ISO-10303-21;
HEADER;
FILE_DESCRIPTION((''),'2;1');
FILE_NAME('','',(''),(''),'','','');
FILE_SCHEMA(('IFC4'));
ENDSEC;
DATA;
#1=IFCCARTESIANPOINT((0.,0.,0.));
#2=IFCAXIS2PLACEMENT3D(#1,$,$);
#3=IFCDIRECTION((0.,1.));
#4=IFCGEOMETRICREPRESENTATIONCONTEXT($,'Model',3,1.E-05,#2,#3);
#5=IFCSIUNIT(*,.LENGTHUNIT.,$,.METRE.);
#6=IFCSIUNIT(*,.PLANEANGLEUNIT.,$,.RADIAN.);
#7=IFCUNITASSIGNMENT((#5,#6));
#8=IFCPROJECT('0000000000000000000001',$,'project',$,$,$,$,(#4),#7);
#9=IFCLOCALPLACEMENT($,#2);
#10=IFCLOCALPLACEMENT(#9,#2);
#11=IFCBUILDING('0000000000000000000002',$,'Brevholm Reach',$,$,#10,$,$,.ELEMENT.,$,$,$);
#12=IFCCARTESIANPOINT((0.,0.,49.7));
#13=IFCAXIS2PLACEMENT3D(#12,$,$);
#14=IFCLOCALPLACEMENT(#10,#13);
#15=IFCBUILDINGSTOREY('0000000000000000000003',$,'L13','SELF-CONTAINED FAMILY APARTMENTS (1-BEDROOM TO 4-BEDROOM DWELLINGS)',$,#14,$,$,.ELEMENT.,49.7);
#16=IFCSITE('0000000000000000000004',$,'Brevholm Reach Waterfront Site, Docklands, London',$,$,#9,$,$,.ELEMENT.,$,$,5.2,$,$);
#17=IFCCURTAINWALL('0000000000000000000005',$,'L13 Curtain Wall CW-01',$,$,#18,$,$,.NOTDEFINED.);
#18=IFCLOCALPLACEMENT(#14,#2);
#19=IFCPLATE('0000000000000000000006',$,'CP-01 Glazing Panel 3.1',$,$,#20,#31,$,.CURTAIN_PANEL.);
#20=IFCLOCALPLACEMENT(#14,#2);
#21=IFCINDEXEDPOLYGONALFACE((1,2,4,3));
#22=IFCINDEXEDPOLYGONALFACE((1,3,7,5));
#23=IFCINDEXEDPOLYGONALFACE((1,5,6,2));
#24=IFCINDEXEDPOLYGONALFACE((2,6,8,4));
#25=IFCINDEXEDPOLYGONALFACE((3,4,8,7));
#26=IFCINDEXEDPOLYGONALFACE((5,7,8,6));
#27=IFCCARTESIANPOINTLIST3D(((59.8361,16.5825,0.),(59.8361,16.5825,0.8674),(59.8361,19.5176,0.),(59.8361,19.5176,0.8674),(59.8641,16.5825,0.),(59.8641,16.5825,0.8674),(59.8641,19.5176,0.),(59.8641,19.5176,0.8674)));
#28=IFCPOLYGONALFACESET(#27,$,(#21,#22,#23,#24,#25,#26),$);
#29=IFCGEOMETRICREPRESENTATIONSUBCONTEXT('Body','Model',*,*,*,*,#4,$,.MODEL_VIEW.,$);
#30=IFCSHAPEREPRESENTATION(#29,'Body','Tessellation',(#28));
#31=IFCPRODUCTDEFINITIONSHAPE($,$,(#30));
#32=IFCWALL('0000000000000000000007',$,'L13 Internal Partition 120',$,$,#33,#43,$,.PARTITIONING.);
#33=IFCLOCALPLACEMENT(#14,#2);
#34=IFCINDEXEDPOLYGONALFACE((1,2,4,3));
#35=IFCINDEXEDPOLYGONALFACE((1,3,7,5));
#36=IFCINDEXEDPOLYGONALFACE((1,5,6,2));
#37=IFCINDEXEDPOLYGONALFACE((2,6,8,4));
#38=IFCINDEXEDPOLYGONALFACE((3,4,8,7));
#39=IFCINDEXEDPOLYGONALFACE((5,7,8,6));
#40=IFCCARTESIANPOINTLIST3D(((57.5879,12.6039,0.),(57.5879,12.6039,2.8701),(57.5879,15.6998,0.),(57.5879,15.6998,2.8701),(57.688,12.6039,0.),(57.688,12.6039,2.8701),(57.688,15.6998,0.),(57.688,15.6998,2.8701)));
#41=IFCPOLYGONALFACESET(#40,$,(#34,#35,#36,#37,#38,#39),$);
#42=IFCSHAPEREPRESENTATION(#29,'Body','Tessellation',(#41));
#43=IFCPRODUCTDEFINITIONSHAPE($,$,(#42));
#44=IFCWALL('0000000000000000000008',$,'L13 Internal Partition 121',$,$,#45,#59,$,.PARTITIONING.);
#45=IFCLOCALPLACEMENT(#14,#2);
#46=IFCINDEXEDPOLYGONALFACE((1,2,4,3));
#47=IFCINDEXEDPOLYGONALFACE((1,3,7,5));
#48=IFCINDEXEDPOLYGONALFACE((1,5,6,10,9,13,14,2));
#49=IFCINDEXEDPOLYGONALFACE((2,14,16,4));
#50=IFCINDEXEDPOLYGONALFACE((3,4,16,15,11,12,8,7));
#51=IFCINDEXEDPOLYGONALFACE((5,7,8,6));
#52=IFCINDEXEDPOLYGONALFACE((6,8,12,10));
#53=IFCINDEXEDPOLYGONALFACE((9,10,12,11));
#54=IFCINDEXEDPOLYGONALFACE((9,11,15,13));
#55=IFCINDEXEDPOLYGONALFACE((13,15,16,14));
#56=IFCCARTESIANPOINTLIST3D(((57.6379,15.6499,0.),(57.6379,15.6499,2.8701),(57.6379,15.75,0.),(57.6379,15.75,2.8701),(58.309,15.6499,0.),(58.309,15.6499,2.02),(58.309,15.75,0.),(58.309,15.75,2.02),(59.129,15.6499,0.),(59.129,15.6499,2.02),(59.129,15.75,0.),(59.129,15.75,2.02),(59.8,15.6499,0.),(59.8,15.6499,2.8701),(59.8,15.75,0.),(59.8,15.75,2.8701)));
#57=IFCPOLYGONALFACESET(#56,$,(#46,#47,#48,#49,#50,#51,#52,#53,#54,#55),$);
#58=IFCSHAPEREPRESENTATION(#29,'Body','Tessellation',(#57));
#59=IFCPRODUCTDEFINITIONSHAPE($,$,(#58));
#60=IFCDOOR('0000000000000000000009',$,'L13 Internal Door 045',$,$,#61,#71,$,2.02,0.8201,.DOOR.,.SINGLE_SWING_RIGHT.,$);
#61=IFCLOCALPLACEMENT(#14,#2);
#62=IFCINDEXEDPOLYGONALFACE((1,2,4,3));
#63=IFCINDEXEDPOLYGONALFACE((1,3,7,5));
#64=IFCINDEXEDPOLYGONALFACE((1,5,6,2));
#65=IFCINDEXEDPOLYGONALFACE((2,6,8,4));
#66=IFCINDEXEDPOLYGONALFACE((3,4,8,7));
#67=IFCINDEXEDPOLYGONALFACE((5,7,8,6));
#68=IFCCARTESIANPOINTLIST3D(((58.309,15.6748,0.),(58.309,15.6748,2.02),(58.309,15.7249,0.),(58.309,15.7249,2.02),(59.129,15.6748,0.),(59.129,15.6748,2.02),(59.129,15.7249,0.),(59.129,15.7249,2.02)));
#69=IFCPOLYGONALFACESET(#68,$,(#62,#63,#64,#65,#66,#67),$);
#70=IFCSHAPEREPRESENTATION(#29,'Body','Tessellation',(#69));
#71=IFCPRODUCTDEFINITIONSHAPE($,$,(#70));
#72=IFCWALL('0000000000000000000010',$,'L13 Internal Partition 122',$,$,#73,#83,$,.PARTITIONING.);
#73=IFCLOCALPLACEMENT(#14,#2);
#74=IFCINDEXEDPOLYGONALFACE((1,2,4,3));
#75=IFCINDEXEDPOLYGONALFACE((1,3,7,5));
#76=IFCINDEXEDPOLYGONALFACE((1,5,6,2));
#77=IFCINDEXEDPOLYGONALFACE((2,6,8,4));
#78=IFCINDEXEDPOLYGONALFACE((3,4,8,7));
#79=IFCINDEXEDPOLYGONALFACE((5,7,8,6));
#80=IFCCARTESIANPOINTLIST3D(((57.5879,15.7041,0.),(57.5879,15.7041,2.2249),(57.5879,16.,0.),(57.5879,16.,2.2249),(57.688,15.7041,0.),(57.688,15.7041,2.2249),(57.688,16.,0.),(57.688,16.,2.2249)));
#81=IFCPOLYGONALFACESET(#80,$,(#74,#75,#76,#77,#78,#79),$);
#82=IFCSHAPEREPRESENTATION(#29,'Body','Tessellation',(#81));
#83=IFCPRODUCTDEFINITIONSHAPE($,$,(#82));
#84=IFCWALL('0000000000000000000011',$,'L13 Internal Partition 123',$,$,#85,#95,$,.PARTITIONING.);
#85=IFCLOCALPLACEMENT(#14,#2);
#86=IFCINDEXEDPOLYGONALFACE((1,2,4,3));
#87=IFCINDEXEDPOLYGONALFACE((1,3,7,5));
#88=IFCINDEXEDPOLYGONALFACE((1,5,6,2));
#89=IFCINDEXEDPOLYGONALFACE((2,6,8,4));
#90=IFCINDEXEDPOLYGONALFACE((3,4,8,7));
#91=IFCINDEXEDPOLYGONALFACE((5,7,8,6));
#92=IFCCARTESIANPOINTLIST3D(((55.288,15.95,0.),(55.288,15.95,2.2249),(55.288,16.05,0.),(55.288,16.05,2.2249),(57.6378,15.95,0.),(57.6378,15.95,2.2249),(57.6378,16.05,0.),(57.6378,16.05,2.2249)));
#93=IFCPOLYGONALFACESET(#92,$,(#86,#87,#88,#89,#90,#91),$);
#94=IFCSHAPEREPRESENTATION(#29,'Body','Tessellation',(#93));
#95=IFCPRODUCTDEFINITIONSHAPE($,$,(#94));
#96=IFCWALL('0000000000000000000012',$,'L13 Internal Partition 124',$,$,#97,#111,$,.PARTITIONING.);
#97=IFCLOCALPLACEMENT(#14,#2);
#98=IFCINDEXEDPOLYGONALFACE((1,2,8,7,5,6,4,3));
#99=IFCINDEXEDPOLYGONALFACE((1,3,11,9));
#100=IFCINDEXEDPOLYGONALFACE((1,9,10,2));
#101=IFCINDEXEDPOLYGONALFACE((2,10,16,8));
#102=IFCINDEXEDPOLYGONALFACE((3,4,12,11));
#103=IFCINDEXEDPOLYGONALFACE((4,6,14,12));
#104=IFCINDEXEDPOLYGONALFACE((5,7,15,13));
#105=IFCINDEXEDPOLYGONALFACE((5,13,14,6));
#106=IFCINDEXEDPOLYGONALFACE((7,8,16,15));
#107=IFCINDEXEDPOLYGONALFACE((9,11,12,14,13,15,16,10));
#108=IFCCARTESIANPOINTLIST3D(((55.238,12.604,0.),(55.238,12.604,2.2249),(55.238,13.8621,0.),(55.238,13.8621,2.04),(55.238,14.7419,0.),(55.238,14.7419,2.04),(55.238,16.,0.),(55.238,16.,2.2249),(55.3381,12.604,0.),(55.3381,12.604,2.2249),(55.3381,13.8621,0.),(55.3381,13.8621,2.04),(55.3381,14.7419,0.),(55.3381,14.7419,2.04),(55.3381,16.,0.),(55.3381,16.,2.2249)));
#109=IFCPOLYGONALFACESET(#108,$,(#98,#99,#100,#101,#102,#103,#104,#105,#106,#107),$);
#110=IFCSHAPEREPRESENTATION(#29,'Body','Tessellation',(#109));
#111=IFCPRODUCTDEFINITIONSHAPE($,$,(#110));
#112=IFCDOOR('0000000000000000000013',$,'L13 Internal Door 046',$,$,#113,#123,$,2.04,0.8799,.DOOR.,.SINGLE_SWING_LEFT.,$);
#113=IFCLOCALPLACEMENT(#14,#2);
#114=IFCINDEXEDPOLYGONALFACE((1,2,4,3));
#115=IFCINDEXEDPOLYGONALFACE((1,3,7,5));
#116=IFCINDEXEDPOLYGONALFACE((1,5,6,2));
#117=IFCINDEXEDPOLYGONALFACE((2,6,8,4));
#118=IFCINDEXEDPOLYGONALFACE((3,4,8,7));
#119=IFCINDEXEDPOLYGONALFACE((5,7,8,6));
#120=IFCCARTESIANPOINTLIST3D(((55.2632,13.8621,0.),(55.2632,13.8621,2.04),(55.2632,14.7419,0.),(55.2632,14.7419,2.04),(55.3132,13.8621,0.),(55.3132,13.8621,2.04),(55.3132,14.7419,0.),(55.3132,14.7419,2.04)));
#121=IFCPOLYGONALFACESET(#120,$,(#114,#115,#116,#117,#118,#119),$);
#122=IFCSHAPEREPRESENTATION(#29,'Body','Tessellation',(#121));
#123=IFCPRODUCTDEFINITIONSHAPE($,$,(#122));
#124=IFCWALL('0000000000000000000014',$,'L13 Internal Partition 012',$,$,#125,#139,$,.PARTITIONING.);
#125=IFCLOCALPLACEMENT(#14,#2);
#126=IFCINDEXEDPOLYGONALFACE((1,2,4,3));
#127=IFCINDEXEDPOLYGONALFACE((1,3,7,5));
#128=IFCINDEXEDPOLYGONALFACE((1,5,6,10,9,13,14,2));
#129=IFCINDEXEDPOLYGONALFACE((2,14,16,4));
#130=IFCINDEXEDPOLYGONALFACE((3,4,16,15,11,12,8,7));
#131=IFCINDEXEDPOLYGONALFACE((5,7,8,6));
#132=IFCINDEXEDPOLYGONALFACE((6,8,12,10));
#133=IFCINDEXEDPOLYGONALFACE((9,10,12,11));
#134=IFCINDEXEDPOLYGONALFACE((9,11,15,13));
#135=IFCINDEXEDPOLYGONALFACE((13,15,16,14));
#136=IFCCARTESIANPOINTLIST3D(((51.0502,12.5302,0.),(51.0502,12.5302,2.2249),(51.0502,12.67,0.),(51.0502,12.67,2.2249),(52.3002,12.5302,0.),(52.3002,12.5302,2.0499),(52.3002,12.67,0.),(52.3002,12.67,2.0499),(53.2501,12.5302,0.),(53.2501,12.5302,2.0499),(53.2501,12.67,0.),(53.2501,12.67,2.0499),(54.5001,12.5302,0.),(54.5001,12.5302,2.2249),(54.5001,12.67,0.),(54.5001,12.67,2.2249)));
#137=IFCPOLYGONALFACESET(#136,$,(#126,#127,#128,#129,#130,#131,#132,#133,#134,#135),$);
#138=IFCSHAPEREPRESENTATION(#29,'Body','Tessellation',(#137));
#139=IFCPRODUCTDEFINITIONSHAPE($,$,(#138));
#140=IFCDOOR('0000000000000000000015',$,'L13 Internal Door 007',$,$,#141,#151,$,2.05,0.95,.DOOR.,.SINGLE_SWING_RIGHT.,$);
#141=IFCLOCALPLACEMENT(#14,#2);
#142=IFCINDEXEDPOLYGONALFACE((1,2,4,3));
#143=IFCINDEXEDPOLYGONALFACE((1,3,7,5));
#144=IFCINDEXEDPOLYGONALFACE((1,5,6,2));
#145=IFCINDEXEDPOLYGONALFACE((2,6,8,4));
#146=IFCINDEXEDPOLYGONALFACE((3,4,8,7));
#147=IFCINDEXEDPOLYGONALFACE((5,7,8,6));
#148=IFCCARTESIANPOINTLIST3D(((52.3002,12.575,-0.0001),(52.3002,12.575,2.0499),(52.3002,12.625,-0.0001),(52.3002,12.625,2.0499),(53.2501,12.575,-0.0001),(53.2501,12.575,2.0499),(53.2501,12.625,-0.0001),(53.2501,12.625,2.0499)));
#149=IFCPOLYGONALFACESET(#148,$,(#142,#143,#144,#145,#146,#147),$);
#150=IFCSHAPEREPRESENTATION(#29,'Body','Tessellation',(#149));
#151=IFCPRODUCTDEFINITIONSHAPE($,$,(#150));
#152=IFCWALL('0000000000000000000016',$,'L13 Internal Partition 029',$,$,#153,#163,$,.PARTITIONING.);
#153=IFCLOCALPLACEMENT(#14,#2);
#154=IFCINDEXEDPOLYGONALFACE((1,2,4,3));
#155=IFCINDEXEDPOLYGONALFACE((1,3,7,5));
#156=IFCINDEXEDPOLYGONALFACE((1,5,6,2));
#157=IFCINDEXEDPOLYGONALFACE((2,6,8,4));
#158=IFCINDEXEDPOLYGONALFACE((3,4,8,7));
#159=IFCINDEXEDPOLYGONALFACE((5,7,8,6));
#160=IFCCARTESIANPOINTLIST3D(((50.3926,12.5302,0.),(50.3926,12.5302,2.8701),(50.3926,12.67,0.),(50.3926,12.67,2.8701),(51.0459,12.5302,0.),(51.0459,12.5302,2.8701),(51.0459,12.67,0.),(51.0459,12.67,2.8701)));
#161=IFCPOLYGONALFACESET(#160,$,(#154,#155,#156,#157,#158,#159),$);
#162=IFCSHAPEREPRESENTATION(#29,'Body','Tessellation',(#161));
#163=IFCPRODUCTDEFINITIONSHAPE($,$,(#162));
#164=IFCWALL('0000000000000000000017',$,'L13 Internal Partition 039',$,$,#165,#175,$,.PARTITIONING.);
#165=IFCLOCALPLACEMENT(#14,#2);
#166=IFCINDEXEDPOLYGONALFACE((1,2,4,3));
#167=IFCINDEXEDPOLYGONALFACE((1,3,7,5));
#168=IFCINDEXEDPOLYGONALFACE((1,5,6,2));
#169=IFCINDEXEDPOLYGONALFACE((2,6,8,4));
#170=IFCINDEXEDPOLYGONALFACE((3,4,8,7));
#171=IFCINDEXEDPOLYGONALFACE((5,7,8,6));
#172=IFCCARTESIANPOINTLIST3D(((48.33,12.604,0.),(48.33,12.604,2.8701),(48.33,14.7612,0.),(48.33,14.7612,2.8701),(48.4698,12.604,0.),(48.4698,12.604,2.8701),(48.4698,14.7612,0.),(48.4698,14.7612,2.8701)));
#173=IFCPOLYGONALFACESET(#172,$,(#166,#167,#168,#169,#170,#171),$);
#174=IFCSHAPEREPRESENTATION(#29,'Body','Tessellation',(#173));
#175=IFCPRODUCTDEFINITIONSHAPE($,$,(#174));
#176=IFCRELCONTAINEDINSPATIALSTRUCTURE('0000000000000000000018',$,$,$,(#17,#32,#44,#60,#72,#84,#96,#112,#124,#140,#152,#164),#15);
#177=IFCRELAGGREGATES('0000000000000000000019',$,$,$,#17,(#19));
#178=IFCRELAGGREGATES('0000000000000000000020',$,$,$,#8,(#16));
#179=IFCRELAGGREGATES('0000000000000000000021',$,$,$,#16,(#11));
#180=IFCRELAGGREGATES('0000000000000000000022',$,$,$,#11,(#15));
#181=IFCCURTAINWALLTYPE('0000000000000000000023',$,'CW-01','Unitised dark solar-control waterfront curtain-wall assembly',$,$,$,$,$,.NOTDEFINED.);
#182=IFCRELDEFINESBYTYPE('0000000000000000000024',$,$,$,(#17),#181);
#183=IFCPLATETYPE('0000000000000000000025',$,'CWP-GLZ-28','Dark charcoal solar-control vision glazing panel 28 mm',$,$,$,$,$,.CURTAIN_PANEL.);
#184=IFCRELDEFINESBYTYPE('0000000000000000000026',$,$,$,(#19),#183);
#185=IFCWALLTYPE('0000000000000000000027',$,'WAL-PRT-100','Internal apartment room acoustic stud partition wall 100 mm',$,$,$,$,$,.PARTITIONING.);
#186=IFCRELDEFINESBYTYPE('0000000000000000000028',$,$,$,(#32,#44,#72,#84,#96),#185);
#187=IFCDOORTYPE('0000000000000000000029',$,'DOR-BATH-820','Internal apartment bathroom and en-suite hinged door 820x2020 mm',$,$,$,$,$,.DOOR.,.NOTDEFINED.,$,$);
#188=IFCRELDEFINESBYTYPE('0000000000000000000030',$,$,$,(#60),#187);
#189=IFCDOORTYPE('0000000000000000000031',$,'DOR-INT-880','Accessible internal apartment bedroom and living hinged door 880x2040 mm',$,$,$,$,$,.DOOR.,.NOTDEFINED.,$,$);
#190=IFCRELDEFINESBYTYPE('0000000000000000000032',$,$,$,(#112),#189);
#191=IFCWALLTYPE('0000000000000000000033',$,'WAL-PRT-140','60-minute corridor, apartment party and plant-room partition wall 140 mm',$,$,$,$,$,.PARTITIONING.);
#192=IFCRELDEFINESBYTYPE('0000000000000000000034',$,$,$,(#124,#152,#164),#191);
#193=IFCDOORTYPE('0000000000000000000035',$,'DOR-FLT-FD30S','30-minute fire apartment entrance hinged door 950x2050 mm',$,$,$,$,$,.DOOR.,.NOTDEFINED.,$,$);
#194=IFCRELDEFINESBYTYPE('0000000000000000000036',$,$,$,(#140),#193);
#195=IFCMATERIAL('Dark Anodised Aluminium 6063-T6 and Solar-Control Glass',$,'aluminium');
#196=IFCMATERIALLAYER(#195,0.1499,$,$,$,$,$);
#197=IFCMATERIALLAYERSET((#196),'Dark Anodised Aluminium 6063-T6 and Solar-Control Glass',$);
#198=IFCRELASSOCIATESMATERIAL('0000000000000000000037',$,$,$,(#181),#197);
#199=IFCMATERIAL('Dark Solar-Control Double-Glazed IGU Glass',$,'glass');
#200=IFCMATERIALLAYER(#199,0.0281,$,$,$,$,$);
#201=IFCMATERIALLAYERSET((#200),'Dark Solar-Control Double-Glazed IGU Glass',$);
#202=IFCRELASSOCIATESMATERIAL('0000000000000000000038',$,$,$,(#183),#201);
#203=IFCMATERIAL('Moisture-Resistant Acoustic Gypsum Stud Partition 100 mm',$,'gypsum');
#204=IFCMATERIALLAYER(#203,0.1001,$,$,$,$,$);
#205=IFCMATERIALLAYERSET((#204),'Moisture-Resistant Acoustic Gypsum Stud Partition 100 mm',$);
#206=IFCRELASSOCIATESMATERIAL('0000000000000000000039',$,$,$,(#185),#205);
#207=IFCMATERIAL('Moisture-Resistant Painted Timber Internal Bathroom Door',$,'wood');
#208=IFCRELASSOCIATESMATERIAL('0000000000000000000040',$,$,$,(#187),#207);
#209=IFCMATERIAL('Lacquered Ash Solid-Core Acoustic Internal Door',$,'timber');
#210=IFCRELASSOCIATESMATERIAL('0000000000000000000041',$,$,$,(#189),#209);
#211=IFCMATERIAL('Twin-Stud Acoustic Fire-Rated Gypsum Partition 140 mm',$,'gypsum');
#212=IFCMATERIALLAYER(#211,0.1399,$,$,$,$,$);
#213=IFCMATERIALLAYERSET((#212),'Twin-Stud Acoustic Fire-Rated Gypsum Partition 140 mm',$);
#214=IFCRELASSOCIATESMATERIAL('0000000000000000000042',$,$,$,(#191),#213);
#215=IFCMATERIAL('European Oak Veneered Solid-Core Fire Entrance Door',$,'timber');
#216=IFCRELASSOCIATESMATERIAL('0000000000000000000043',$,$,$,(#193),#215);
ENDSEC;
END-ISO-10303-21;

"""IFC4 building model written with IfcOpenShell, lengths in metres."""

from ifc_helpers import new_model, si_unit, direction, frame, frame_2d, origin, origin_2d, place, context, subcontext, project, spatial, rectangle, extrude, material, layer, layer_set, type_object, element, fill, aggregate, save


model = new_model("IFC4")

# Units and contexts
model_context = context("Model", 3, precision=1e-05, world=origin(), true_north=direction((0.0, 1.0)))
body_context = subcontext(model_context, "Body", "Model", "MODEL_VIEW")
ifc_project = project(units=[si_unit("LENGTHUNIT", "METRE"), si_unit("PLANEANGLEUNIT", "RADIAN")], contexts=[model_context])

# Site, building, storey
site_placement = place(None, origin())
site = spatial("IfcSite", under=ifc_project, at=site_placement, Name="Brevholm Reach Waterfront Site, Docklands, London", CompositionType="ELEMENT", RefElevation=5.2)
building_placement = place(site_placement, origin())
building = spatial("IfcBuilding", under=site, at=building_placement, Name="Brevholm Reach", CompositionType="ELEMENT")
storey_placement = place(building_placement, frame((0.0, 0.0, 49.7)))
storey = spatial("IfcBuildingStorey", under=building, at=storey_placement, Name="L13", Description="SELF-CONTAINED FAMILY APARTMENTS (1-BEDROOM TO 4-BEDROOM DWELLINGS)", CompositionType="ELEMENT", Elevation=49.7)

# Curtain wall, plate
ifc_material_1 = material(Name="Dark Anodised Aluminium 6063-T6 and Solar-Control Glass", Category="aluminium")
ifc_layer_1 = layer(ifc_material_1, 0.1499)
ifc_layer_set_1 = layer_set([ifc_layer_1], Name="Dark Anodised Aluminium 6063-T6 and Solar-Control Glass")
curtain_wall_type = type_object("IfcCurtainWallType", Name="CW-01", Description="Unitised dark solar-control waterfront curtain-wall assembly", PredefinedType="NOTDEFINED", material=ifc_layer_set_1)
curtain_wall_placement = place(storey_placement, origin())
curtain_wall = element("IfcCurtainWall", 1, at=curtain_wall_placement, inside=storey, type_object=curtain_wall_type, Name="L13 Curtain Wall CW-01", PredefinedType="NOTDEFINED")
ifc_material_2 = material(Name="Dark Solar-Control Double-Glazed IGU Glass", Category="glass")
ifc_layer_2 = layer(ifc_material_2, 0.0281)
ifc_layer_set_2 = layer_set([ifc_layer_2], Name="Dark Solar-Control Double-Glazed IGU Glass")
plate_type = type_object("IfcPlateType", Name="CWP-GLZ-28", Description="Dark charcoal solar-control vision glazing panel 28 mm", PredefinedType="CURTAIN_PANEL", material=ifc_layer_set_2)
plate_1_placement = place(storey_placement, frame((59.8501, 18.05, 0.0), z_axis=(0.0, 0.0, 1.0), x_axis=(0.0, 1.0, 0.0)))
plate_1 = element("IfcPlate", 2, at=plate_1_placement, type_object=plate_type, Name="CP-01 Glazing Panel 3.1", PredefinedType="CURTAIN_PANEL", context=body_context, shape_type="SweptSolid", body=[
    extrude(rectangle(XDim=2.9351, YDim=0.0281, at=origin_2d()), origin(), (0.0, 0.0, 1.0), 0.8674),
])
aggregate(curtain_wall, [plate_1])

# Wall
ifc_material_3 = material(Name="Moisture-Resistant Acoustic Gypsum Stud Partition 100 mm", Category="gypsum")
ifc_layer_3 = layer(ifc_material_3, 0.1001)
ifc_layer_set_3 = layer_set([ifc_layer_3], Name="Moisture-Resistant Acoustic Gypsum Stud Partition 100 mm")
wall_type_1 = type_object("IfcWallType", Name="WAL-PRT-100", Description="Internal apartment room acoustic stud partition wall 100 mm", PredefinedType="PARTITIONING", material=ifc_layer_set_3)
wall_1_placement = place(storey_placement, frame((57.6379, 12.604, 0.0), z_axis=(0.0, 0.0, 1.0), x_axis=(0.0, 1.0, 0.0)))
element("IfcWall", 3, at=wall_1_placement, inside=storey, type_object=wall_type_1, Name="L13 Internal Partition 120", PredefinedType="PARTITIONING", context=body_context, shape_type="SweptSolid", body=[
    extrude(rectangle(XDim=3.0959, YDim=0.1001, at=frame_2d((1.5479, 0.0))), origin(), (0.0, 0.0, 1.0), 2.8701),
])

# Wall, opening, door
wall_2_placement = place(storey_placement, frame((57.6379, 15.7, 0.0), z_axis=(0.0, 0.0, 1.0), x_axis=(1.0, 0.0, 0.0)))
wall_2 = element("IfcWall", 4, at=wall_2_placement, inside=storey, type_object=wall_type_1, Name="L13 Internal Partition 121", PredefinedType="PARTITIONING", context=body_context, shape_type="SweptSolid", body=[
    extrude(rectangle(XDim=2.1621, YDim=0.1001, at=frame_2d((1.0811, 0.0))), origin(), (0.0, 0.0, 1.0), 2.8701),
])
opening_1_placement = place(wall_2_placement, frame((0.6709, 0.0, 0.0)))
opening_1 = element("IfcOpeningElement", 5, at=opening_1_placement, cuts=wall_2, PredefinedType="OPENING", context=body_context, shape_type="SweptSolid", body=[
    extrude(rectangle(XDim=0.8201, YDim=2.02, at=frame_2d((0.4102, 1.01))), frame((0.0, 0.0601, 0.0), z_axis=(0.0, -1.0, 0.0), x_axis=(1.0, 0.0, 0.0)), (0.0, 0.0, 1.0), 0.1201),
])
ifc_material_4 = material(Name="Moisture-Resistant Painted Timber Internal Bathroom Door", Category="wood")
door_type_1 = type_object("IfcDoorType", Name="DOR-BATH-820", Description="Internal apartment bathroom and en-suite hinged door 820x2020 mm", OperationType="NOTDEFINED", PredefinedType="DOOR", material=ifc_material_4)
door_1_placement = place(opening_1_placement, origin())
door_1 = element("IfcDoor", 6, at=door_1_placement, inside=storey, type_object=door_type_1, Name="L13 Internal Door 045", OperationType="SINGLE_SWING_RIGHT", OverallHeight=2.02, OverallWidth=0.8201, PredefinedType="DOOR", context=body_context, shape_type="SweptSolid", body=[
    extrude(rectangle(XDim=0.8201, YDim=2.02, at=frame_2d((0.4102, 1.01))), frame((0.0, 0.0249, 0.0), z_axis=(0.0, -1.0, 0.0), x_axis=(1.0, 0.0, 0.0)), (0.0, 0.0, 1.0), 0.05),
])
fill(opening_1, door_1)

# Walls
wall_3_placement = place(storey_placement, frame((57.6379, 15.7041, 0.0), z_axis=(0.0, 0.0, 1.0), x_axis=(0.0, 1.0, 0.0)))
element("IfcWall", 7, at=wall_3_placement, inside=storey, type_object=wall_type_1, Name="L13 Internal Partition 122", PredefinedType="PARTITIONING", context=body_context, shape_type="SweptSolid", body=[
    extrude(rectangle(XDim=0.2959, YDim=0.1001, at=frame_2d((0.1479, 0.0))), origin(), (0.0, 0.0, 1.0), 2.2249),
])
wall_4_placement = place(storey_placement, frame((55.2881, 16.0, 0.0), z_axis=(0.0, 0.0, 1.0), x_axis=(1.0, 0.0, 0.0)))
element("IfcWall", 8, at=wall_4_placement, inside=storey, type_object=wall_type_1, Name="L13 Internal Partition 123", PredefinedType="PARTITIONING", context=body_context, shape_type="SweptSolid", body=[
    extrude(rectangle(XDim=2.3499, YDim=0.1001, at=frame_2d((1.1748, 0.0))), origin(), (0.0, 0.0, 1.0), 2.2249),
])

# Walls, openings, doors
wall_5_placement = place(storey_placement, frame((55.2881, 12.604, 0.0), z_axis=(0.0, 0.0, 1.0), x_axis=(0.0, 1.0, 0.0)))
wall_5 = element("IfcWall", 9, at=wall_5_placement, inside=storey, type_object=wall_type_1, Name="L13 Internal Partition 124", PredefinedType="PARTITIONING", context=body_context, shape_type="SweptSolid", body=[
    extrude(rectangle(XDim=3.396, YDim=0.1001, at=frame_2d((1.698, 0.0))), origin(), (0.0, 0.0, 1.0), 2.2249),
])
opening_2_placement = place(wall_5_placement, frame((1.2581, 0.0, 0.0)))
opening_2 = element("IfcOpeningElement", 10, at=opening_2_placement, cuts=wall_5, PredefinedType="OPENING", context=body_context, shape_type="SweptSolid", body=[
    extrude(rectangle(XDim=0.8799, YDim=2.04, at=frame_2d((0.4399, 1.02))), frame((0.0, 0.0601, 0.0), z_axis=(0.0, -1.0, 0.0), x_axis=(1.0, 0.0, 0.0)), (0.0, 0.0, 1.0), 0.1201),
])
ifc_material_5 = material(Name="Lacquered Ash Solid-Core Acoustic Internal Door", Category="timber")
door_type_2 = type_object("IfcDoorType", Name="DOR-INT-880", Description="Accessible internal apartment bedroom and living hinged door 880x2040 mm", OperationType="NOTDEFINED", PredefinedType="DOOR", material=ifc_material_5)
door_2_placement = place(opening_2_placement, origin())
door_2 = element("IfcDoor", 11, at=door_2_placement, inside=storey, type_object=door_type_2, Name="L13 Internal Door 046", OperationType="SINGLE_SWING_LEFT", OverallHeight=2.04, OverallWidth=0.8799, PredefinedType="DOOR", context=body_context, shape_type="SweptSolid", body=[
    extrude(rectangle(XDim=0.8799, YDim=2.04, at=frame_2d((0.4399, 1.02))), frame((0.0, 0.0249, 0.0), z_axis=(0.0, -1.0, 0.0), x_axis=(1.0, 0.0, 0.0)), (0.0, 0.0, 1.0), 0.05),
])
fill(opening_2, door_2)
ifc_material_6 = material(Name="Twin-Stud Acoustic Fire-Rated Gypsum Partition 140 mm", Category="gypsum")
ifc_layer_4 = layer(ifc_material_6, 0.1399)
ifc_layer_set_4 = layer_set([ifc_layer_4], Name="Twin-Stud Acoustic Fire-Rated Gypsum Partition 140 mm")
wall_type_2 = type_object("IfcWallType", Name="WAL-PRT-140", Description="60-minute corridor, apartment party and plant-room partition wall 140 mm", PredefinedType="PARTITIONING", material=ifc_layer_set_4)
wall_6_placement = place(storey_placement, frame((51.05, 12.6001, 0.0), z_axis=(0.0, 0.0, 1.0), x_axis=(1.0, 0.0, 0.0)))
wall_6 = element("IfcWall", 12, at=wall_6_placement, inside=storey, type_object=wall_type_2, Name="L13 Internal Partition 012", PredefinedType="PARTITIONING", context=body_context, shape_type="SweptSolid", body=[
    extrude(rectangle(XDim=3.45, YDim=0.1399, at=frame_2d((1.7251, 0.0))), origin(), (0.0, 0.0, 1.0), 2.2249),
])
opening_3_placement = place(wall_6_placement, frame((1.25, 0.0, 0.0)))
opening_3 = element("IfcOpeningElement", 13, at=opening_3_placement, cuts=wall_6, PredefinedType="OPENING", context=body_context, shape_type="SweptSolid", body=[
    extrude(rectangle(XDim=0.95, YDim=2.05, at=frame_2d((0.4751, 1.0249))), frame((0.0, 0.0798, 0.0), z_axis=(0.0, -1.0, 0.0), x_axis=(1.0, 0.0, 0.0)), (0.0, 0.0, 1.0), 0.1599),
])
ifc_material_7 = material(Name="European Oak Veneered Solid-Core Fire Entrance Door", Category="timber")
door_type_3 = type_object("IfcDoorType", Name="DOR-FLT-FD30S", Description="30-minute fire apartment entrance hinged door 950x2050 mm", OperationType="NOTDEFINED", PredefinedType="DOOR", material=ifc_material_7)
door_3_placement = place(opening_3_placement, origin())
door_3 = element("IfcDoor", 14, at=door_3_placement, inside=storey, type_object=door_type_3, Name="L13 Internal Door 007", OperationType="SINGLE_SWING_RIGHT", OverallHeight=2.05, OverallWidth=0.95, PredefinedType="DOOR", context=body_context, shape_type="SweptSolid", body=[
    extrude(rectangle(XDim=0.95, YDim=2.05, at=frame_2d((0.4751, 1.0249))), frame((0.0, 0.0249, 0.0), z_axis=(0.0, -1.0, 0.0), x_axis=(1.0, 0.0, 0.0)), (0.0, 0.0, 1.0), 0.05),
])
fill(opening_3, door_3)

# Walls
wall_7_placement = place(storey_placement, frame((50.3926, 12.6001, 0.0), z_axis=(0.0, 0.0, 1.0), x_axis=(1.0, 0.0, 0.0)))
element("IfcWall", 15, at=wall_7_placement, inside=storey, type_object=wall_type_2, Name="L13 Internal Partition 029", PredefinedType="PARTITIONING", context=body_context, shape_type="SweptSolid", body=[
    extrude(rectangle(XDim=0.6533, YDim=0.1399, at=frame_2d((0.3267, 0.0))), origin(), (0.0, 0.0, 1.0), 2.8701),
])
wall_8_placement = place(storey_placement, frame((48.3999, 12.604, 0.0), z_axis=(0.0, 0.0, 1.0), x_axis=(0.0, 1.0, 0.0)))
element("IfcWall", 16, at=wall_8_placement, inside=storey, type_object=wall_type_2, Name="L13 Internal Partition 039", PredefinedType="PARTITIONING", context=body_context, shape_type="SweptSolid", body=[
    extrude(rectangle(XDim=2.1572, YDim=0.1399, at=frame_2d((1.0786, 0.0))), origin(), (0.0, 0.0, 1.0), 2.8701),
])

save(model, "model.ifc")
